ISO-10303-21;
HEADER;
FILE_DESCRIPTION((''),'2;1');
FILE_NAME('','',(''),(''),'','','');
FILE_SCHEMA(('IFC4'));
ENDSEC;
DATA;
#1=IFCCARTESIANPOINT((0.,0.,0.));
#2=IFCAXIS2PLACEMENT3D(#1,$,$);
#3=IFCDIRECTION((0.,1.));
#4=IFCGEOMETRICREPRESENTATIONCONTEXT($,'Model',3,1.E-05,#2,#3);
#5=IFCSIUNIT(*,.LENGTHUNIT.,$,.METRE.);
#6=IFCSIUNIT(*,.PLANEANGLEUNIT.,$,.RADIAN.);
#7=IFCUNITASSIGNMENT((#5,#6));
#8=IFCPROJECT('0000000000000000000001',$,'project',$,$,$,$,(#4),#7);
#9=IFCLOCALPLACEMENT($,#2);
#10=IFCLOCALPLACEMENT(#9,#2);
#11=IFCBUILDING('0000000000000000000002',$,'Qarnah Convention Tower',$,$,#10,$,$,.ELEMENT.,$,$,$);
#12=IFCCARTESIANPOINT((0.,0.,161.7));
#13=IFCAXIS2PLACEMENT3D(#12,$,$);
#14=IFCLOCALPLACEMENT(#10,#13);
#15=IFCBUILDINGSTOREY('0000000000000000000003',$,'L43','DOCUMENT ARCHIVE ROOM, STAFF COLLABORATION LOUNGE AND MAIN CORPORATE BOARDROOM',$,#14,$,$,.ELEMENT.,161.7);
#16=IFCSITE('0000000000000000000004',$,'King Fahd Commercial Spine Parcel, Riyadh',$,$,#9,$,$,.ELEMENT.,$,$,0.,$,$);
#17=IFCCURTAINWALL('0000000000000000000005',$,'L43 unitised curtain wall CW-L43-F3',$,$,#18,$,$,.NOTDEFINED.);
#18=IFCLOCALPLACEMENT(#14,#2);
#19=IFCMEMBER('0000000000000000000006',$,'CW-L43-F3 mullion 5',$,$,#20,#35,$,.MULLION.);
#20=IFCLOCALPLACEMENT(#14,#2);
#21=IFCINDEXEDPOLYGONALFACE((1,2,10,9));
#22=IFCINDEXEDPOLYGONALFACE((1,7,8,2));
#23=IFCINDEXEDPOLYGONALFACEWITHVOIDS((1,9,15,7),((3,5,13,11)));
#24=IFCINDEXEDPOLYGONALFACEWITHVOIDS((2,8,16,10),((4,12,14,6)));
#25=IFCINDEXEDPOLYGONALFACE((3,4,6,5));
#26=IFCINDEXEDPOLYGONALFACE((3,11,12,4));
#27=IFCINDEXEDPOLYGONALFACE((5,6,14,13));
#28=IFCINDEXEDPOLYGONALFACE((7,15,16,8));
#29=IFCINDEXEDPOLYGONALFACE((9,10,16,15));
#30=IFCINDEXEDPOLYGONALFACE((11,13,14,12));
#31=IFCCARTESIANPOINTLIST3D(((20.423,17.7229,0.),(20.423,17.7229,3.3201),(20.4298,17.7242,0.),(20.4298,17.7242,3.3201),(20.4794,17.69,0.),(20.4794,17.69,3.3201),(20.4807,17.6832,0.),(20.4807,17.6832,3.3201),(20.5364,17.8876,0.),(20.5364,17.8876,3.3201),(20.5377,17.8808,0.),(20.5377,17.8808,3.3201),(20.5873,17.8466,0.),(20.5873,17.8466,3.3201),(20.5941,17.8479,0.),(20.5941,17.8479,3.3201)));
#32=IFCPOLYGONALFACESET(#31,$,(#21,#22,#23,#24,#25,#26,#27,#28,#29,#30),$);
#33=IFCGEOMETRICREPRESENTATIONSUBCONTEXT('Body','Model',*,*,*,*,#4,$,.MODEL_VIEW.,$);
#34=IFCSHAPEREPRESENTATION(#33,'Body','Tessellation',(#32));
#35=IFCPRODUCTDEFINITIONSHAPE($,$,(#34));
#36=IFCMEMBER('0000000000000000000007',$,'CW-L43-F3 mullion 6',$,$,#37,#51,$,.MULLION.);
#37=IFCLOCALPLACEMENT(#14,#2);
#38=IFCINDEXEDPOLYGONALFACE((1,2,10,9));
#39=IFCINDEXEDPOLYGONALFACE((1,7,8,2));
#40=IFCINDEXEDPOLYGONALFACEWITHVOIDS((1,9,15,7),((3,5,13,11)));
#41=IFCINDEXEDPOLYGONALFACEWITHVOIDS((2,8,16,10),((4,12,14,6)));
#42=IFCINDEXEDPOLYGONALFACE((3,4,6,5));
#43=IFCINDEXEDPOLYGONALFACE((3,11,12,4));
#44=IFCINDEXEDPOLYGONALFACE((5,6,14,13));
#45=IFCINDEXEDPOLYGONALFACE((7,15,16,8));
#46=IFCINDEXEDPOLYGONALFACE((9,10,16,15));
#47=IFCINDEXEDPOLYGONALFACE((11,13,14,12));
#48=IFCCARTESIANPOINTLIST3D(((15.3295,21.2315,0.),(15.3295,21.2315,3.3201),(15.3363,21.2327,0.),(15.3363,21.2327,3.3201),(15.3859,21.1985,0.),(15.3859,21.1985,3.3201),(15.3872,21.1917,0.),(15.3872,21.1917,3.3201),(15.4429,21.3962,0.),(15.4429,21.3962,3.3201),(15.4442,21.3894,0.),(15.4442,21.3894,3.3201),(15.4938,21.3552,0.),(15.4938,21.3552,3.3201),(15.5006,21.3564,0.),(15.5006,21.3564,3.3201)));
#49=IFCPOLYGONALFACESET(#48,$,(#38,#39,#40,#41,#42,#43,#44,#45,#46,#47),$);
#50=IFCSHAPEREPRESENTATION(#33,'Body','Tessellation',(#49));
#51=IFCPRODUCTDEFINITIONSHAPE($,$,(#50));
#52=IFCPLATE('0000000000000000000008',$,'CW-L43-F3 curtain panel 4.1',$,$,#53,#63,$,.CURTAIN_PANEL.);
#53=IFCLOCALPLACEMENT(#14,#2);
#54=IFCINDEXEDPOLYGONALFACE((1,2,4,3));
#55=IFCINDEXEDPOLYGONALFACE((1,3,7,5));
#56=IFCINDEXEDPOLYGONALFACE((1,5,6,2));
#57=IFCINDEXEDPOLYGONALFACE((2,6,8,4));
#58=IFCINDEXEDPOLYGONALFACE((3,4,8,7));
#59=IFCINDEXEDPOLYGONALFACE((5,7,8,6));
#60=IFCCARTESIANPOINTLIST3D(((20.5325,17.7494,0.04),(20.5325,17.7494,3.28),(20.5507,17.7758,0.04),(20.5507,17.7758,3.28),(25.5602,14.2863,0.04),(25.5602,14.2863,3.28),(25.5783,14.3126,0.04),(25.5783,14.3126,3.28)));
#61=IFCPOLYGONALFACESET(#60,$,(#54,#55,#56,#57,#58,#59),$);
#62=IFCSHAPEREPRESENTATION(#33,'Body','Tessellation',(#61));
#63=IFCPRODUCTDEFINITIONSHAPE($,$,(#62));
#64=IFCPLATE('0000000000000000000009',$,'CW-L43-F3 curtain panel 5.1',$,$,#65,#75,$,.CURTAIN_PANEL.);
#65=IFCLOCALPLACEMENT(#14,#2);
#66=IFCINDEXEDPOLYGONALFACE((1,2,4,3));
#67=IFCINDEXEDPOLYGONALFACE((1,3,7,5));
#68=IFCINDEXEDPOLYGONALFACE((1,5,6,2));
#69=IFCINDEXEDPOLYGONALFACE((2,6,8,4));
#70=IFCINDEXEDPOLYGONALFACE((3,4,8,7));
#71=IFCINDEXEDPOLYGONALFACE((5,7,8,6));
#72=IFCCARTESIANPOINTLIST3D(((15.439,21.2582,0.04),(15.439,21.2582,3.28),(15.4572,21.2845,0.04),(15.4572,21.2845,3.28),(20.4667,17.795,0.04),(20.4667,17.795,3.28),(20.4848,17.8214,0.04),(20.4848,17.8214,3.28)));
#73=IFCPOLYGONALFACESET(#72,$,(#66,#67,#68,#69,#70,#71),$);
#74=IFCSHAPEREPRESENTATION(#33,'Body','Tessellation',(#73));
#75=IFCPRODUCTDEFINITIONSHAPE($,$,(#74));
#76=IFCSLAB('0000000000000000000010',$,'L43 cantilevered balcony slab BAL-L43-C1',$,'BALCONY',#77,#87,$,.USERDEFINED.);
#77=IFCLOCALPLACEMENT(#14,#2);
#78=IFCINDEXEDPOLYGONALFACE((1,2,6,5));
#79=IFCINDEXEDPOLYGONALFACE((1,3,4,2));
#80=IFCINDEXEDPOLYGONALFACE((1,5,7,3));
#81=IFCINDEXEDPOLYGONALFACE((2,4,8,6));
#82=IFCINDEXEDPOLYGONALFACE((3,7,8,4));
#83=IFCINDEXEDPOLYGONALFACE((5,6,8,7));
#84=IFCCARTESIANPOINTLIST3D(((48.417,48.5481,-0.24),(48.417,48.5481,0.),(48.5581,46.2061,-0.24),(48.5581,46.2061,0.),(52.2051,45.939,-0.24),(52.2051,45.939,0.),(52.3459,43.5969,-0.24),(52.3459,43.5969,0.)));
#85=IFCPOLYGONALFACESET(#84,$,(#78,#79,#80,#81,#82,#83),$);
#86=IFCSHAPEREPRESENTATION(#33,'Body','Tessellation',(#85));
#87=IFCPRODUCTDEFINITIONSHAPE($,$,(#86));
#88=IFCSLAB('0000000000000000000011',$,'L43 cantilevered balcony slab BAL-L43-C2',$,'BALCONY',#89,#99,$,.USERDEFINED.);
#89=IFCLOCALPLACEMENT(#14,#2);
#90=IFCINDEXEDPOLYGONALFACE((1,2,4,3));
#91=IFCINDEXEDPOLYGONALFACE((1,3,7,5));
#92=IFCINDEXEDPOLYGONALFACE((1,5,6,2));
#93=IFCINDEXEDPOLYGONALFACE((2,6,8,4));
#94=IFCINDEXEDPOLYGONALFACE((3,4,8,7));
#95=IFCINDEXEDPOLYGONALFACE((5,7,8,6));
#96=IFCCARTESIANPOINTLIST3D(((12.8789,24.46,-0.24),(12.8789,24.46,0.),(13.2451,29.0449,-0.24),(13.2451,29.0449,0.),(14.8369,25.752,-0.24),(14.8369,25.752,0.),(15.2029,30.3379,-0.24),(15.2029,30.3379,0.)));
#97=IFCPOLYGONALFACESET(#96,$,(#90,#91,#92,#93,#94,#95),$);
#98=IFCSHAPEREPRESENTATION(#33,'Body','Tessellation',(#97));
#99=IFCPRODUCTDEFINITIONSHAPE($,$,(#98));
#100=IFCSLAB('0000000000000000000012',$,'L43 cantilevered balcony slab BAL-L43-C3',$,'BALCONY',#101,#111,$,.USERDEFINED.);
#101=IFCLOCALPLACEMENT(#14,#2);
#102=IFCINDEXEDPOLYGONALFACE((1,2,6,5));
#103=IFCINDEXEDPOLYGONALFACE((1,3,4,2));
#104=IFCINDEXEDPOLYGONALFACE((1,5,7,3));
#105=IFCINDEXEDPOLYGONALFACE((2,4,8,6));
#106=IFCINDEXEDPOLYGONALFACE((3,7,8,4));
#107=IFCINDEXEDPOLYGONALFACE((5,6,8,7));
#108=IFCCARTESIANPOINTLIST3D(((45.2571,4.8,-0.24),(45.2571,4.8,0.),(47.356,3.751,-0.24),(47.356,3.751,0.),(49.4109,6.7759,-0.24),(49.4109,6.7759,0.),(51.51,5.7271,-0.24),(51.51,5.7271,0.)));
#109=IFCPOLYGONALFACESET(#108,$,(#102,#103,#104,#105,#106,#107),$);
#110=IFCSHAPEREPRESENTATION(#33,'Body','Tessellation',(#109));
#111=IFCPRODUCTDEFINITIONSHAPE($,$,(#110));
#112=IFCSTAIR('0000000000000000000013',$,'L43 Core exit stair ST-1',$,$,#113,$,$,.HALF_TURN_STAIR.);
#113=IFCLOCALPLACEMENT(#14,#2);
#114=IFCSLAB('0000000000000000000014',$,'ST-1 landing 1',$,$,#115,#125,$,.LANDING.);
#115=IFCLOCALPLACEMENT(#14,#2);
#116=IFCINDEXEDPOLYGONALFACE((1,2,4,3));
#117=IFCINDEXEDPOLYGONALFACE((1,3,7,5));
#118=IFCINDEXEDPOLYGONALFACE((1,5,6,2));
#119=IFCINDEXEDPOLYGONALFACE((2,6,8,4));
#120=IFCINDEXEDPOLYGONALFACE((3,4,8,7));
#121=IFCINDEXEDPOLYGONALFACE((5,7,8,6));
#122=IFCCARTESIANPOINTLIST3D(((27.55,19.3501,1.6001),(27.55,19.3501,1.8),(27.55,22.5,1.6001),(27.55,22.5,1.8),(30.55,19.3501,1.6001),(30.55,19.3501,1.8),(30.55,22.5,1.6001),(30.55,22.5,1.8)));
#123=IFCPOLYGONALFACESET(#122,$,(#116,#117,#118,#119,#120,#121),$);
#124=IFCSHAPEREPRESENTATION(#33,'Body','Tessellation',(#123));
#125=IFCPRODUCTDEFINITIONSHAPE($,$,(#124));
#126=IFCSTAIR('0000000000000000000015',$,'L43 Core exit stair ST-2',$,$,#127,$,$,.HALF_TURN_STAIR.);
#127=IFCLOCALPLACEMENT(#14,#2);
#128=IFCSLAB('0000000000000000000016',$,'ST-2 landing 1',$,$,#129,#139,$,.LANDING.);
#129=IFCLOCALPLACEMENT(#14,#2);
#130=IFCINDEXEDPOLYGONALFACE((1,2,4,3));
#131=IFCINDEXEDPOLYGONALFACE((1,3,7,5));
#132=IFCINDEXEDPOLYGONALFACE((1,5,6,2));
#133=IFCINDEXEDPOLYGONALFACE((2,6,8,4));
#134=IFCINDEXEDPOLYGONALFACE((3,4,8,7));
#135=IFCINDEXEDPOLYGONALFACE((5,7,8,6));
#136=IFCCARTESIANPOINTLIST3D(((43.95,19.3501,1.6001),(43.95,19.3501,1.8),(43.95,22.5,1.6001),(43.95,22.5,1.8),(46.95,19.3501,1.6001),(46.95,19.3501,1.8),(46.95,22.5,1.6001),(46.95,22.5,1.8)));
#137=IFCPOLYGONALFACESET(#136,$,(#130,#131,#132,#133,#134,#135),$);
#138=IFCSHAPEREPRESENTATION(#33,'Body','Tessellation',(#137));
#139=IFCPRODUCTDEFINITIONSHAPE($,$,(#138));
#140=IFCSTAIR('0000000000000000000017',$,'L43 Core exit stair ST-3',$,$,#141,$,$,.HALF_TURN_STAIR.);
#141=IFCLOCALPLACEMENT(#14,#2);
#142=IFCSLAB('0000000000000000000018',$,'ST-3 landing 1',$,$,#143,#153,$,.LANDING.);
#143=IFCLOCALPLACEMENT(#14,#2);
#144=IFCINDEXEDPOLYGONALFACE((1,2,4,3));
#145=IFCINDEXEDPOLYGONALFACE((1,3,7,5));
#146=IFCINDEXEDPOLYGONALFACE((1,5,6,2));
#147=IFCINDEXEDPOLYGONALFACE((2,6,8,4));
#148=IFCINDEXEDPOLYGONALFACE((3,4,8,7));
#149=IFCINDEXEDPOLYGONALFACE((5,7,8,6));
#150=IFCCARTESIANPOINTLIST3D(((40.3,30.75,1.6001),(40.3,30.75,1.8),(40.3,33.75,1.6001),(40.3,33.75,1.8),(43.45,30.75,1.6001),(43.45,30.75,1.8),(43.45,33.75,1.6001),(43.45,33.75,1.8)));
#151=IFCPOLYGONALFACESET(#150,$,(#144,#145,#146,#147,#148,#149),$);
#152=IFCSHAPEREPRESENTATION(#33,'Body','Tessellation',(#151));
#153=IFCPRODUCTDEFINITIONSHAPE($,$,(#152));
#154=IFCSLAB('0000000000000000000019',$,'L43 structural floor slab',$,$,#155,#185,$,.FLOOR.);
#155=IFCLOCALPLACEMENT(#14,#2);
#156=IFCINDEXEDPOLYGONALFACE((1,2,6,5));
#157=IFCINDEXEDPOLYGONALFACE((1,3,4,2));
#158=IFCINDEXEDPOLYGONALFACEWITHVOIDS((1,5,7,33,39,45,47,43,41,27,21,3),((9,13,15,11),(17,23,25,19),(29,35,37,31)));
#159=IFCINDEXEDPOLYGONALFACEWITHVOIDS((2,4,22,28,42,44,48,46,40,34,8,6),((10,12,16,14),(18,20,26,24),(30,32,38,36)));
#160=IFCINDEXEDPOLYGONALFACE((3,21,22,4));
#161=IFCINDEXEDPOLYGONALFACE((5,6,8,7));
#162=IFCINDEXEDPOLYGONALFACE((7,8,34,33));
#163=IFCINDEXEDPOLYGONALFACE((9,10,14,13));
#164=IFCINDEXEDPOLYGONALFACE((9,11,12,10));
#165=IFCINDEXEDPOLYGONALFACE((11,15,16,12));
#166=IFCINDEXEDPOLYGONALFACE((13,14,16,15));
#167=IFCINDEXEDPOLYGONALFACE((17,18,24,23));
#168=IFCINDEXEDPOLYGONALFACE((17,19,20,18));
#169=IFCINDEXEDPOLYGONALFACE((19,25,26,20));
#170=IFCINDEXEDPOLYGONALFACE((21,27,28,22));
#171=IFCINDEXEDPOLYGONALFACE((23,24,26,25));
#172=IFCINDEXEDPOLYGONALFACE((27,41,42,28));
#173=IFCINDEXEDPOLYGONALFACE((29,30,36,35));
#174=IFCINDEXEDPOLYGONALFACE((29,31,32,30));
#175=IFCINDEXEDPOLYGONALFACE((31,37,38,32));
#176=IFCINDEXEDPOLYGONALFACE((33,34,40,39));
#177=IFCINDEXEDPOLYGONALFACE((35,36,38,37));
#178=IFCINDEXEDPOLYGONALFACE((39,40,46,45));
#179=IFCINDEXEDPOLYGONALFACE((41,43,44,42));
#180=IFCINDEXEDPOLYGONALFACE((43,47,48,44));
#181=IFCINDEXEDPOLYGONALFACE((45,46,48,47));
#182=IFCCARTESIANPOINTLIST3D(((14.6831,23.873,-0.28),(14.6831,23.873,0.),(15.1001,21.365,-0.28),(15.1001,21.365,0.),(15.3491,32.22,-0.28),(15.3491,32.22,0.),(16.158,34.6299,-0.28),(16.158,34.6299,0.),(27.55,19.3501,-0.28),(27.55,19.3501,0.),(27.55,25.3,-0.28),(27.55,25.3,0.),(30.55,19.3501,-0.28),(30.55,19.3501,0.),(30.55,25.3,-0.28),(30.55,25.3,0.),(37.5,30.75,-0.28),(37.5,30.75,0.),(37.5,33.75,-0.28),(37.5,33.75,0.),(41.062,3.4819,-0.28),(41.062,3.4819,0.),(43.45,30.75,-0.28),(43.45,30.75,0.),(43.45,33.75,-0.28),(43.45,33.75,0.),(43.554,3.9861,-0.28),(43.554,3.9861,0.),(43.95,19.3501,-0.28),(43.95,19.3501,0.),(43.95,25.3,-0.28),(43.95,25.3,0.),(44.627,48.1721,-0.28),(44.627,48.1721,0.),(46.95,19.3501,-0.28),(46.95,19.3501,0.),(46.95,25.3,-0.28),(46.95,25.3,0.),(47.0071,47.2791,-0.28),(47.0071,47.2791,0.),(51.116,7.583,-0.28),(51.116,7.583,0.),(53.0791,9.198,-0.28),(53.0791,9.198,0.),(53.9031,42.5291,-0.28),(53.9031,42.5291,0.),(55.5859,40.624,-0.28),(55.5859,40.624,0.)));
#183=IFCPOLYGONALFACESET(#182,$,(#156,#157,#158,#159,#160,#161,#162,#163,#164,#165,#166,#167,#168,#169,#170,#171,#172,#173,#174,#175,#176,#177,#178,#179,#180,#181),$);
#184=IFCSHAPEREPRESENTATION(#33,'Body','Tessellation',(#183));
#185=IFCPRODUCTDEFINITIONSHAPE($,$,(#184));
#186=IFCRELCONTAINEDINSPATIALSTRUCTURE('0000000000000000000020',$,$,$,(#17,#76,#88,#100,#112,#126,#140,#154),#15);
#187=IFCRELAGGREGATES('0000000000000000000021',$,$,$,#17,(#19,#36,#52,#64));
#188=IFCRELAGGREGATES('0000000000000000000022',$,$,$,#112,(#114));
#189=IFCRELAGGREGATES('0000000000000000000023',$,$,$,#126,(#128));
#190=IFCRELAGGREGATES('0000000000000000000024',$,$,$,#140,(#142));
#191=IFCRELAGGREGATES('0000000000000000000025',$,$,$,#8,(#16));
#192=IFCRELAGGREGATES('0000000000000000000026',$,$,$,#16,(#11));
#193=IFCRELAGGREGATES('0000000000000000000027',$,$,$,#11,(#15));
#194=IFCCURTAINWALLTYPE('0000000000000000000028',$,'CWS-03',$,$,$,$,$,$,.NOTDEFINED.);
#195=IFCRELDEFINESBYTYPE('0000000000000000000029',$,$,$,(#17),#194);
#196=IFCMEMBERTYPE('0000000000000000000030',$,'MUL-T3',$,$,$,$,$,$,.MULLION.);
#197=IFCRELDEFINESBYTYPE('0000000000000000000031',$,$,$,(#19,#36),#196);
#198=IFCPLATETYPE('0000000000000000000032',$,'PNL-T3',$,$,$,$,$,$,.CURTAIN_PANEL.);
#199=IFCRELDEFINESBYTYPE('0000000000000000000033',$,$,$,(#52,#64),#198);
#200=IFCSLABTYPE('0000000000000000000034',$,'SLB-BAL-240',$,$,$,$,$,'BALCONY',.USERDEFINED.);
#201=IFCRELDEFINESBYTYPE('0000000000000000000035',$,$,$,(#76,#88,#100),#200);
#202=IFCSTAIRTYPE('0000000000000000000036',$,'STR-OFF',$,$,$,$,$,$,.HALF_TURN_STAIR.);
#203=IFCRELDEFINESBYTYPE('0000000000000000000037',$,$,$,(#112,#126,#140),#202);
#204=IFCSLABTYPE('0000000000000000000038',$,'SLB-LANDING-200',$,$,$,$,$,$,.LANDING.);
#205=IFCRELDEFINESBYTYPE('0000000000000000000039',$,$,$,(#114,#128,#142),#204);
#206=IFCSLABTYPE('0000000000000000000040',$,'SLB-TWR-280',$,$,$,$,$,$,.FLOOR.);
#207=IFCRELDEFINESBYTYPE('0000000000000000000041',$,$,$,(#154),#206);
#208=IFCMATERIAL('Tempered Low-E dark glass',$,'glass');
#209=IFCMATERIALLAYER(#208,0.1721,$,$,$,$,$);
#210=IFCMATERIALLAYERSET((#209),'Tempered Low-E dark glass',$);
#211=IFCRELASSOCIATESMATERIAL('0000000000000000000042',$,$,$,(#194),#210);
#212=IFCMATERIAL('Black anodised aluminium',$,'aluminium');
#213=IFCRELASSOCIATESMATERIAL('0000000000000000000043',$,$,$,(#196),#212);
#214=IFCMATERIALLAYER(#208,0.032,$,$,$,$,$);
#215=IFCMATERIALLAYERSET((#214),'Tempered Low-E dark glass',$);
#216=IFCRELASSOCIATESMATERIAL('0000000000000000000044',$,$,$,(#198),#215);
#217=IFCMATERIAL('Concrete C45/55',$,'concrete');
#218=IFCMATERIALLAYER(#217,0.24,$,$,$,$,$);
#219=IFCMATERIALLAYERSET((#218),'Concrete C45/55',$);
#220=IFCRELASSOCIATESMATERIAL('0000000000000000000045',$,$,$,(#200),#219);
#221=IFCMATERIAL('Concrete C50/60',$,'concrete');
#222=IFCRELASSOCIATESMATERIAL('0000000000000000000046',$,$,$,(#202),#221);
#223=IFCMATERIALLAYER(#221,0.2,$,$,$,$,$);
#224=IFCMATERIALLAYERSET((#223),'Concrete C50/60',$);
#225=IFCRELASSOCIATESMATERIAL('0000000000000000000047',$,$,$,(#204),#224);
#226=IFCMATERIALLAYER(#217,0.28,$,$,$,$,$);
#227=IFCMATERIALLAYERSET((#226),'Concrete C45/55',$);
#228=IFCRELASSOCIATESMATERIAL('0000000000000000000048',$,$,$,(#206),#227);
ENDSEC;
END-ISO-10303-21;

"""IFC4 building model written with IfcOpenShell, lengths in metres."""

from ifc_helpers import new_model, si_unit, direction, frame, origin, origin_2d, place, context, subcontext, project, spatial, polyline, rectangle, hollow_rectangle, outline, extrude, material, layer, layer_set, material_profile, profile_set, type_object, element, aggregate, save


model = new_model("IFC4")

# Units and contexts
model_context = context("Model", 3, precision=1e-05, world=origin(), true_north=direction((0.0, 1.0)))
body_context = subcontext(model_context, "Body", "Model", "MODEL_VIEW")
ifc_project = project(units=[si_unit("LENGTHUNIT", "METRE"), si_unit("PLANEANGLEUNIT", "RADIAN")], contexts=[model_context])

# Site, building, storey
site_placement = place(None, origin())
site = spatial("IfcSite", under=ifc_project, at=site_placement, Name="King Fahd Commercial Spine Parcel, Riyadh", CompositionType="ELEMENT", RefElevation=0.0)
building_placement = place(site_placement, origin())
building = spatial("IfcBuilding", under=site, at=building_placement, Name="Qarnah Convention Tower", CompositionType="ELEMENT")
storey_placement = place(building_placement, frame((0.0, 0.0, 161.7)))
storey = spatial("IfcBuildingStorey", under=building, at=storey_placement, Name="L43", Description="DOCUMENT ARCHIVE ROOM, STAFF COLLABORATION LOUNGE AND MAIN CORPORATE BOARDROOM", CompositionType="ELEMENT", Elevation=161.7)

# Curtain wall, members, plates
ifc_material_1 = material(Name="Tempered Low-E dark glass", Category="glass")
ifc_layer_1 = layer(ifc_material_1, 0.1721)
ifc_layer_set_1 = layer_set([ifc_layer_1], Name="Tempered Low-E dark glass")
curtain_wall_type = type_object("IfcCurtainWallType", Name="CWS-03", PredefinedType="NOTDEFINED", material=ifc_layer_set_1)
curtain_wall_placement = place(storey_placement, origin())
curtain_wall = element("IfcCurtainWall", 1, at=curtain_wall_placement, inside=storey, type_object=curtain_wall_type, Name="L43 unitised curtain wall CW-L43-F3", PredefinedType="NOTDEFINED")
ifc_material_2 = material(Name="Black anodised aluminium", Category="aluminium")
ifc_material_profile_1 = material_profile(ifc_material_2, hollow_rectangle(XDim=0.0701, YDim=0.2, WallThickness=0.0049, at=origin_2d()), Name="MUL-70X200")
ifc_profile_set_1 = profile_set([ifc_material_profile_1], Name="Black anodised aluminium")
member_type = type_object("IfcMemberType", Name="MUL-T3", PredefinedType="MULLION", material=ifc_profile_set_1)
member_1_placement = place(storey_placement, frame((20.5085, 17.7854, 0.0), z_axis=(0.0, 0.0, 1.0), x_axis=(-0.823532, 0.56727, 0.0)))
member_1 = element("IfcMember", 2, at=member_1_placement, type_object=member_type, Name="CW-L43-F3 mullion 5", PredefinedType="MULLION", context=body_context, shape_type="SweptSolid", body=[
    extrude(hollow_rectangle(XDim=0.0701, YDim=0.2, WallThickness=0.0049, at=origin_2d()), origin(), (0.0, 0.0, 1.0), 3.3201),
])
member_2_placement = place(storey_placement, frame((15.415, 21.2939, 0.0), z_axis=(0.0, 0.0, 1.0), x_axis=(-0.823532, 0.56727, 0.0)))
member_2 = element("IfcMember", 3, at=member_2_placement, type_object=member_type, Name="CW-L43-F3 mullion 6", PredefinedType="MULLION", context=body_context, shape_type="SweptSolid", body=[
    extrude(hollow_rectangle(XDim=0.0701, YDim=0.2, WallThickness=0.0049, at=origin_2d()), origin(), (0.0, 0.0, 1.0), 3.3201),
])
ifc_layer_2 = layer(ifc_material_1, 0.032)
ifc_layer_set_2 = layer_set([ifc_layer_2], Name="Tempered Low-E dark glass")
plate_type = type_object("IfcPlateType", Name="PNL-T3", PredefinedType="CURTAIN_PANEL", material=ifc_layer_set_2)
plate_1_placement = place(storey_placement, frame((23.0554, 16.031, 0.04), z_axis=(0.0, 0.0, 1.0), x_axis=(-0.823532, 0.56727, 0.0)))
plate_1 = element("IfcPlate", 4, at=plate_1_placement, type_object=plate_type, Name="CW-L43-F3 curtain panel 4.1", PredefinedType="CURTAIN_PANEL", context=body_context, shape_type="SweptSolid", body=[
    extrude(rectangle(XDim=6.105, YDim=0.032, at=origin_2d()), origin(), (0.0, 0.0, 1.0), 3.24),
])
plate_2_placement = place(storey_placement, frame((17.9619, 19.5398, 0.04), z_axis=(0.0, 0.0, 1.0), x_axis=(-0.823532, 0.56727, 0.0)))
plate_2 = element("IfcPlate", 5, at=plate_2_placement, type_object=plate_type, Name="CW-L43-F3 curtain panel 5.1", PredefinedType="CURTAIN_PANEL", context=body_context, shape_type="SweptSolid", body=[
    extrude(rectangle(XDim=6.105, YDim=0.032, at=origin_2d()), origin(), (0.0, 0.0, 1.0), 3.24),
])
aggregate(curtain_wall, [member_1, member_2, plate_1, plate_2])

# Slabs
ifc_material_3 = material(Name="Concrete C45/55", Category="concrete")
ifc_layer_3 = layer(ifc_material_3, 0.24)
ifc_layer_set_3 = layer_set([ifc_layer_3], Name="Concrete C45/55")
slab_type_1 = type_object("IfcSlabType", Name="SLB-BAL-240", ElementType="BALCONY", PredefinedType="USERDEFINED", material=ifc_layer_set_3)
slab_1_placement = place(storey_placement, frame((0.0, 0.0, -0.24)))
element("IfcSlab", 6, at=slab_1_placement, inside=storey, type_object=slab_type_1, Name="L43 cantilevered balcony slab BAL-L43-C1", ObjectType="BALCONY", PredefinedType="USERDEFINED", context=body_context, shape_type="SweptSolid", body=[
    extrude(outline(polyline([(48.417, 48.5481), (52.2051, 45.939), (52.3459, 43.5969), (48.5581, 46.2061), (48.417, 48.5481)])), origin(), (0.0, 0.0, 1.0), 0.24),
])
slab_2_placement = place(storey_placement, frame((0.0, 0.0, -0.24)))
element("IfcSlab", 7, at=slab_2_placement, inside=storey, type_object=slab_type_1, Name="L43 cantilevered balcony slab BAL-L43-C2", ObjectType="BALCONY", PredefinedType="USERDEFINED", context=body_context, shape_type="SweptSolid", body=[
    extrude(outline(polyline([(12.8789, 24.46), (13.2451, 29.0449), (15.2029, 30.3379), (14.8369, 25.752), (12.8789, 24.46)])), origin(), (0.0, 0.0, 1.0), 0.24),
])
slab_3_placement = place(storey_placement, frame((0.0, 0.0, -0.24)))
element("IfcSlab", 8, at=slab_3_placement, inside=storey, type_object=slab_type_1, Name="L43 cantilevered balcony slab BAL-L43-C3", ObjectType="BALCONY", PredefinedType="USERDEFINED", context=body_context, shape_type="SweptSolid", body=[
    extrude(outline(polyline([(51.51, 5.7271), (47.356, 3.751), (45.2571, 4.8), (49.4109, 6.7759), (51.51, 5.7271)])), origin(), (0.0, 0.0, 1.0), 0.24),
])

# Stairs, slabs
ifc_material_4 = material(Name="Concrete C50/60", Category="concrete")
stair_type = type_object("IfcStairType", Name="STR-OFF", PredefinedType="HALF_TURN_STAIR", material=ifc_material_4)
stair_1_placement = place(storey_placement, origin())
stair_1 = element("IfcStair", 9, at=stair_1_placement, inside=storey, type_object=stair_type, Name="L43 Core exit stair ST-1", PredefinedType="HALF_TURN_STAIR")
ifc_layer_4 = layer(ifc_material_4, 0.2)
ifc_layer_set_4 = layer_set([ifc_layer_4], Name="Concrete C50/60")
slab_type_2 = type_object("IfcSlabType", Name="SLB-LANDING-200", PredefinedType="LANDING", material=ifc_layer_set_4)
slab_4_placement = place(storey_placement, frame((0.0, 0.0, 1.6001)))
slab_4 = element("IfcSlab", 10, at=slab_4_placement, type_object=slab_type_2, Name="ST-1 landing 1", PredefinedType="LANDING", context=body_context, shape_type="SweptSolid", body=[
    extrude(outline(polyline([(27.55, 22.5), (27.55, 19.3501), (30.55, 19.3501), (30.55, 22.5), (27.55, 22.5)])), origin(), (0.0, 0.0, 1.0), 0.2),
])
aggregate(stair_1, [slab_4])
stair_2_placement = place(storey_placement, origin())
stair_2 = element("IfcStair", 11, at=stair_2_placement, inside=storey, type_object=stair_type, Name="L43 Core exit stair ST-2", PredefinedType="HALF_TURN_STAIR")
slab_5_placement = place(storey_placement, frame((0.0, 0.0, 1.6001)))
slab_5 = element("IfcSlab", 12, at=slab_5_placement, type_object=slab_type_2, Name="ST-2 landing 1", PredefinedType="LANDING", context=body_context, shape_type="SweptSolid", body=[
    extrude(outline(polyline([(43.95, 22.5), (43.95, 19.3501), (46.95, 19.3501), (46.95, 22.5), (43.95, 22.5)])), origin(), (0.0, 0.0, 1.0), 0.2),
])
aggregate(stair_2, [slab_5])
stair_3_placement = place(storey_placement, origin())
stair_3 = element("IfcStair", 13, at=stair_3_placement, inside=storey, type_object=stair_type, Name="L43 Core exit stair ST-3", PredefinedType="HALF_TURN_STAIR")
slab_6_placement = place(storey_placement, frame((0.0, 0.0, 1.6001)))
slab_6 = element("IfcSlab", 14, at=slab_6_placement, type_object=slab_type_2, Name="ST-3 landing 1", PredefinedType="LANDING", context=body_context, shape_type="SweptSolid", body=[
    extrude(outline(polyline([(40.3, 30.75), (43.45, 30.75), (43.45, 33.75), (40.3, 33.75), (40.3, 30.75)])), origin(), (0.0, 0.0, 1.0), 0.2),
])
aggregate(stair_3, [slab_6])

# Slab
ifc_layer_5 = layer(ifc_material_3, 0.28)
ifc_layer_set_5 = layer_set([ifc_layer_5], Name="Concrete C45/55")
slab_type_3 = type_object("IfcSlabType", Name="SLB-TWR-280", PredefinedType="FLOOR", material=ifc_layer_set_5)
slab_7_placement = place(storey_placement, frame((0.0, 0.0, -0.28)))
element("IfcSlab", 15, at=slab_7_placement, inside=storey, type_object=slab_type_3, Name="L43 structural floor slab", PredefinedType="FLOOR", context=body_context, shape_type="SweptSolid", body=[
    extrude(outline(polyline([(44.627, 48.1721), (16.158, 34.6299), (15.3491, 32.22), (14.6831, 23.873), (15.1001, 21.365), (41.062, 3.4819), (43.554, 3.9861), (51.116, 7.583), (53.0791, 9.198), (55.5859, 40.624), (53.9031, 42.5291), (47.0071, 47.2791), (44.627, 48.1721)]), holes=[polyline([(27.55, 25.3), (27.55, 19.3501), (30.55, 19.3501), (30.55, 25.3), (27.55, 25.3)]), polyline([(43.95, 25.3), (43.95, 19.3501), (46.95, 19.3501), (46.95, 25.3), (43.95, 25.3)]), polyline([(37.5, 30.75), (43.45, 30.75), (43.45, 33.75), (37.5, 33.75), (37.5, 30.75)])]), origin(), (0.0, 0.0, 1.0), 0.28),
])

save(model, "model.ifc")
